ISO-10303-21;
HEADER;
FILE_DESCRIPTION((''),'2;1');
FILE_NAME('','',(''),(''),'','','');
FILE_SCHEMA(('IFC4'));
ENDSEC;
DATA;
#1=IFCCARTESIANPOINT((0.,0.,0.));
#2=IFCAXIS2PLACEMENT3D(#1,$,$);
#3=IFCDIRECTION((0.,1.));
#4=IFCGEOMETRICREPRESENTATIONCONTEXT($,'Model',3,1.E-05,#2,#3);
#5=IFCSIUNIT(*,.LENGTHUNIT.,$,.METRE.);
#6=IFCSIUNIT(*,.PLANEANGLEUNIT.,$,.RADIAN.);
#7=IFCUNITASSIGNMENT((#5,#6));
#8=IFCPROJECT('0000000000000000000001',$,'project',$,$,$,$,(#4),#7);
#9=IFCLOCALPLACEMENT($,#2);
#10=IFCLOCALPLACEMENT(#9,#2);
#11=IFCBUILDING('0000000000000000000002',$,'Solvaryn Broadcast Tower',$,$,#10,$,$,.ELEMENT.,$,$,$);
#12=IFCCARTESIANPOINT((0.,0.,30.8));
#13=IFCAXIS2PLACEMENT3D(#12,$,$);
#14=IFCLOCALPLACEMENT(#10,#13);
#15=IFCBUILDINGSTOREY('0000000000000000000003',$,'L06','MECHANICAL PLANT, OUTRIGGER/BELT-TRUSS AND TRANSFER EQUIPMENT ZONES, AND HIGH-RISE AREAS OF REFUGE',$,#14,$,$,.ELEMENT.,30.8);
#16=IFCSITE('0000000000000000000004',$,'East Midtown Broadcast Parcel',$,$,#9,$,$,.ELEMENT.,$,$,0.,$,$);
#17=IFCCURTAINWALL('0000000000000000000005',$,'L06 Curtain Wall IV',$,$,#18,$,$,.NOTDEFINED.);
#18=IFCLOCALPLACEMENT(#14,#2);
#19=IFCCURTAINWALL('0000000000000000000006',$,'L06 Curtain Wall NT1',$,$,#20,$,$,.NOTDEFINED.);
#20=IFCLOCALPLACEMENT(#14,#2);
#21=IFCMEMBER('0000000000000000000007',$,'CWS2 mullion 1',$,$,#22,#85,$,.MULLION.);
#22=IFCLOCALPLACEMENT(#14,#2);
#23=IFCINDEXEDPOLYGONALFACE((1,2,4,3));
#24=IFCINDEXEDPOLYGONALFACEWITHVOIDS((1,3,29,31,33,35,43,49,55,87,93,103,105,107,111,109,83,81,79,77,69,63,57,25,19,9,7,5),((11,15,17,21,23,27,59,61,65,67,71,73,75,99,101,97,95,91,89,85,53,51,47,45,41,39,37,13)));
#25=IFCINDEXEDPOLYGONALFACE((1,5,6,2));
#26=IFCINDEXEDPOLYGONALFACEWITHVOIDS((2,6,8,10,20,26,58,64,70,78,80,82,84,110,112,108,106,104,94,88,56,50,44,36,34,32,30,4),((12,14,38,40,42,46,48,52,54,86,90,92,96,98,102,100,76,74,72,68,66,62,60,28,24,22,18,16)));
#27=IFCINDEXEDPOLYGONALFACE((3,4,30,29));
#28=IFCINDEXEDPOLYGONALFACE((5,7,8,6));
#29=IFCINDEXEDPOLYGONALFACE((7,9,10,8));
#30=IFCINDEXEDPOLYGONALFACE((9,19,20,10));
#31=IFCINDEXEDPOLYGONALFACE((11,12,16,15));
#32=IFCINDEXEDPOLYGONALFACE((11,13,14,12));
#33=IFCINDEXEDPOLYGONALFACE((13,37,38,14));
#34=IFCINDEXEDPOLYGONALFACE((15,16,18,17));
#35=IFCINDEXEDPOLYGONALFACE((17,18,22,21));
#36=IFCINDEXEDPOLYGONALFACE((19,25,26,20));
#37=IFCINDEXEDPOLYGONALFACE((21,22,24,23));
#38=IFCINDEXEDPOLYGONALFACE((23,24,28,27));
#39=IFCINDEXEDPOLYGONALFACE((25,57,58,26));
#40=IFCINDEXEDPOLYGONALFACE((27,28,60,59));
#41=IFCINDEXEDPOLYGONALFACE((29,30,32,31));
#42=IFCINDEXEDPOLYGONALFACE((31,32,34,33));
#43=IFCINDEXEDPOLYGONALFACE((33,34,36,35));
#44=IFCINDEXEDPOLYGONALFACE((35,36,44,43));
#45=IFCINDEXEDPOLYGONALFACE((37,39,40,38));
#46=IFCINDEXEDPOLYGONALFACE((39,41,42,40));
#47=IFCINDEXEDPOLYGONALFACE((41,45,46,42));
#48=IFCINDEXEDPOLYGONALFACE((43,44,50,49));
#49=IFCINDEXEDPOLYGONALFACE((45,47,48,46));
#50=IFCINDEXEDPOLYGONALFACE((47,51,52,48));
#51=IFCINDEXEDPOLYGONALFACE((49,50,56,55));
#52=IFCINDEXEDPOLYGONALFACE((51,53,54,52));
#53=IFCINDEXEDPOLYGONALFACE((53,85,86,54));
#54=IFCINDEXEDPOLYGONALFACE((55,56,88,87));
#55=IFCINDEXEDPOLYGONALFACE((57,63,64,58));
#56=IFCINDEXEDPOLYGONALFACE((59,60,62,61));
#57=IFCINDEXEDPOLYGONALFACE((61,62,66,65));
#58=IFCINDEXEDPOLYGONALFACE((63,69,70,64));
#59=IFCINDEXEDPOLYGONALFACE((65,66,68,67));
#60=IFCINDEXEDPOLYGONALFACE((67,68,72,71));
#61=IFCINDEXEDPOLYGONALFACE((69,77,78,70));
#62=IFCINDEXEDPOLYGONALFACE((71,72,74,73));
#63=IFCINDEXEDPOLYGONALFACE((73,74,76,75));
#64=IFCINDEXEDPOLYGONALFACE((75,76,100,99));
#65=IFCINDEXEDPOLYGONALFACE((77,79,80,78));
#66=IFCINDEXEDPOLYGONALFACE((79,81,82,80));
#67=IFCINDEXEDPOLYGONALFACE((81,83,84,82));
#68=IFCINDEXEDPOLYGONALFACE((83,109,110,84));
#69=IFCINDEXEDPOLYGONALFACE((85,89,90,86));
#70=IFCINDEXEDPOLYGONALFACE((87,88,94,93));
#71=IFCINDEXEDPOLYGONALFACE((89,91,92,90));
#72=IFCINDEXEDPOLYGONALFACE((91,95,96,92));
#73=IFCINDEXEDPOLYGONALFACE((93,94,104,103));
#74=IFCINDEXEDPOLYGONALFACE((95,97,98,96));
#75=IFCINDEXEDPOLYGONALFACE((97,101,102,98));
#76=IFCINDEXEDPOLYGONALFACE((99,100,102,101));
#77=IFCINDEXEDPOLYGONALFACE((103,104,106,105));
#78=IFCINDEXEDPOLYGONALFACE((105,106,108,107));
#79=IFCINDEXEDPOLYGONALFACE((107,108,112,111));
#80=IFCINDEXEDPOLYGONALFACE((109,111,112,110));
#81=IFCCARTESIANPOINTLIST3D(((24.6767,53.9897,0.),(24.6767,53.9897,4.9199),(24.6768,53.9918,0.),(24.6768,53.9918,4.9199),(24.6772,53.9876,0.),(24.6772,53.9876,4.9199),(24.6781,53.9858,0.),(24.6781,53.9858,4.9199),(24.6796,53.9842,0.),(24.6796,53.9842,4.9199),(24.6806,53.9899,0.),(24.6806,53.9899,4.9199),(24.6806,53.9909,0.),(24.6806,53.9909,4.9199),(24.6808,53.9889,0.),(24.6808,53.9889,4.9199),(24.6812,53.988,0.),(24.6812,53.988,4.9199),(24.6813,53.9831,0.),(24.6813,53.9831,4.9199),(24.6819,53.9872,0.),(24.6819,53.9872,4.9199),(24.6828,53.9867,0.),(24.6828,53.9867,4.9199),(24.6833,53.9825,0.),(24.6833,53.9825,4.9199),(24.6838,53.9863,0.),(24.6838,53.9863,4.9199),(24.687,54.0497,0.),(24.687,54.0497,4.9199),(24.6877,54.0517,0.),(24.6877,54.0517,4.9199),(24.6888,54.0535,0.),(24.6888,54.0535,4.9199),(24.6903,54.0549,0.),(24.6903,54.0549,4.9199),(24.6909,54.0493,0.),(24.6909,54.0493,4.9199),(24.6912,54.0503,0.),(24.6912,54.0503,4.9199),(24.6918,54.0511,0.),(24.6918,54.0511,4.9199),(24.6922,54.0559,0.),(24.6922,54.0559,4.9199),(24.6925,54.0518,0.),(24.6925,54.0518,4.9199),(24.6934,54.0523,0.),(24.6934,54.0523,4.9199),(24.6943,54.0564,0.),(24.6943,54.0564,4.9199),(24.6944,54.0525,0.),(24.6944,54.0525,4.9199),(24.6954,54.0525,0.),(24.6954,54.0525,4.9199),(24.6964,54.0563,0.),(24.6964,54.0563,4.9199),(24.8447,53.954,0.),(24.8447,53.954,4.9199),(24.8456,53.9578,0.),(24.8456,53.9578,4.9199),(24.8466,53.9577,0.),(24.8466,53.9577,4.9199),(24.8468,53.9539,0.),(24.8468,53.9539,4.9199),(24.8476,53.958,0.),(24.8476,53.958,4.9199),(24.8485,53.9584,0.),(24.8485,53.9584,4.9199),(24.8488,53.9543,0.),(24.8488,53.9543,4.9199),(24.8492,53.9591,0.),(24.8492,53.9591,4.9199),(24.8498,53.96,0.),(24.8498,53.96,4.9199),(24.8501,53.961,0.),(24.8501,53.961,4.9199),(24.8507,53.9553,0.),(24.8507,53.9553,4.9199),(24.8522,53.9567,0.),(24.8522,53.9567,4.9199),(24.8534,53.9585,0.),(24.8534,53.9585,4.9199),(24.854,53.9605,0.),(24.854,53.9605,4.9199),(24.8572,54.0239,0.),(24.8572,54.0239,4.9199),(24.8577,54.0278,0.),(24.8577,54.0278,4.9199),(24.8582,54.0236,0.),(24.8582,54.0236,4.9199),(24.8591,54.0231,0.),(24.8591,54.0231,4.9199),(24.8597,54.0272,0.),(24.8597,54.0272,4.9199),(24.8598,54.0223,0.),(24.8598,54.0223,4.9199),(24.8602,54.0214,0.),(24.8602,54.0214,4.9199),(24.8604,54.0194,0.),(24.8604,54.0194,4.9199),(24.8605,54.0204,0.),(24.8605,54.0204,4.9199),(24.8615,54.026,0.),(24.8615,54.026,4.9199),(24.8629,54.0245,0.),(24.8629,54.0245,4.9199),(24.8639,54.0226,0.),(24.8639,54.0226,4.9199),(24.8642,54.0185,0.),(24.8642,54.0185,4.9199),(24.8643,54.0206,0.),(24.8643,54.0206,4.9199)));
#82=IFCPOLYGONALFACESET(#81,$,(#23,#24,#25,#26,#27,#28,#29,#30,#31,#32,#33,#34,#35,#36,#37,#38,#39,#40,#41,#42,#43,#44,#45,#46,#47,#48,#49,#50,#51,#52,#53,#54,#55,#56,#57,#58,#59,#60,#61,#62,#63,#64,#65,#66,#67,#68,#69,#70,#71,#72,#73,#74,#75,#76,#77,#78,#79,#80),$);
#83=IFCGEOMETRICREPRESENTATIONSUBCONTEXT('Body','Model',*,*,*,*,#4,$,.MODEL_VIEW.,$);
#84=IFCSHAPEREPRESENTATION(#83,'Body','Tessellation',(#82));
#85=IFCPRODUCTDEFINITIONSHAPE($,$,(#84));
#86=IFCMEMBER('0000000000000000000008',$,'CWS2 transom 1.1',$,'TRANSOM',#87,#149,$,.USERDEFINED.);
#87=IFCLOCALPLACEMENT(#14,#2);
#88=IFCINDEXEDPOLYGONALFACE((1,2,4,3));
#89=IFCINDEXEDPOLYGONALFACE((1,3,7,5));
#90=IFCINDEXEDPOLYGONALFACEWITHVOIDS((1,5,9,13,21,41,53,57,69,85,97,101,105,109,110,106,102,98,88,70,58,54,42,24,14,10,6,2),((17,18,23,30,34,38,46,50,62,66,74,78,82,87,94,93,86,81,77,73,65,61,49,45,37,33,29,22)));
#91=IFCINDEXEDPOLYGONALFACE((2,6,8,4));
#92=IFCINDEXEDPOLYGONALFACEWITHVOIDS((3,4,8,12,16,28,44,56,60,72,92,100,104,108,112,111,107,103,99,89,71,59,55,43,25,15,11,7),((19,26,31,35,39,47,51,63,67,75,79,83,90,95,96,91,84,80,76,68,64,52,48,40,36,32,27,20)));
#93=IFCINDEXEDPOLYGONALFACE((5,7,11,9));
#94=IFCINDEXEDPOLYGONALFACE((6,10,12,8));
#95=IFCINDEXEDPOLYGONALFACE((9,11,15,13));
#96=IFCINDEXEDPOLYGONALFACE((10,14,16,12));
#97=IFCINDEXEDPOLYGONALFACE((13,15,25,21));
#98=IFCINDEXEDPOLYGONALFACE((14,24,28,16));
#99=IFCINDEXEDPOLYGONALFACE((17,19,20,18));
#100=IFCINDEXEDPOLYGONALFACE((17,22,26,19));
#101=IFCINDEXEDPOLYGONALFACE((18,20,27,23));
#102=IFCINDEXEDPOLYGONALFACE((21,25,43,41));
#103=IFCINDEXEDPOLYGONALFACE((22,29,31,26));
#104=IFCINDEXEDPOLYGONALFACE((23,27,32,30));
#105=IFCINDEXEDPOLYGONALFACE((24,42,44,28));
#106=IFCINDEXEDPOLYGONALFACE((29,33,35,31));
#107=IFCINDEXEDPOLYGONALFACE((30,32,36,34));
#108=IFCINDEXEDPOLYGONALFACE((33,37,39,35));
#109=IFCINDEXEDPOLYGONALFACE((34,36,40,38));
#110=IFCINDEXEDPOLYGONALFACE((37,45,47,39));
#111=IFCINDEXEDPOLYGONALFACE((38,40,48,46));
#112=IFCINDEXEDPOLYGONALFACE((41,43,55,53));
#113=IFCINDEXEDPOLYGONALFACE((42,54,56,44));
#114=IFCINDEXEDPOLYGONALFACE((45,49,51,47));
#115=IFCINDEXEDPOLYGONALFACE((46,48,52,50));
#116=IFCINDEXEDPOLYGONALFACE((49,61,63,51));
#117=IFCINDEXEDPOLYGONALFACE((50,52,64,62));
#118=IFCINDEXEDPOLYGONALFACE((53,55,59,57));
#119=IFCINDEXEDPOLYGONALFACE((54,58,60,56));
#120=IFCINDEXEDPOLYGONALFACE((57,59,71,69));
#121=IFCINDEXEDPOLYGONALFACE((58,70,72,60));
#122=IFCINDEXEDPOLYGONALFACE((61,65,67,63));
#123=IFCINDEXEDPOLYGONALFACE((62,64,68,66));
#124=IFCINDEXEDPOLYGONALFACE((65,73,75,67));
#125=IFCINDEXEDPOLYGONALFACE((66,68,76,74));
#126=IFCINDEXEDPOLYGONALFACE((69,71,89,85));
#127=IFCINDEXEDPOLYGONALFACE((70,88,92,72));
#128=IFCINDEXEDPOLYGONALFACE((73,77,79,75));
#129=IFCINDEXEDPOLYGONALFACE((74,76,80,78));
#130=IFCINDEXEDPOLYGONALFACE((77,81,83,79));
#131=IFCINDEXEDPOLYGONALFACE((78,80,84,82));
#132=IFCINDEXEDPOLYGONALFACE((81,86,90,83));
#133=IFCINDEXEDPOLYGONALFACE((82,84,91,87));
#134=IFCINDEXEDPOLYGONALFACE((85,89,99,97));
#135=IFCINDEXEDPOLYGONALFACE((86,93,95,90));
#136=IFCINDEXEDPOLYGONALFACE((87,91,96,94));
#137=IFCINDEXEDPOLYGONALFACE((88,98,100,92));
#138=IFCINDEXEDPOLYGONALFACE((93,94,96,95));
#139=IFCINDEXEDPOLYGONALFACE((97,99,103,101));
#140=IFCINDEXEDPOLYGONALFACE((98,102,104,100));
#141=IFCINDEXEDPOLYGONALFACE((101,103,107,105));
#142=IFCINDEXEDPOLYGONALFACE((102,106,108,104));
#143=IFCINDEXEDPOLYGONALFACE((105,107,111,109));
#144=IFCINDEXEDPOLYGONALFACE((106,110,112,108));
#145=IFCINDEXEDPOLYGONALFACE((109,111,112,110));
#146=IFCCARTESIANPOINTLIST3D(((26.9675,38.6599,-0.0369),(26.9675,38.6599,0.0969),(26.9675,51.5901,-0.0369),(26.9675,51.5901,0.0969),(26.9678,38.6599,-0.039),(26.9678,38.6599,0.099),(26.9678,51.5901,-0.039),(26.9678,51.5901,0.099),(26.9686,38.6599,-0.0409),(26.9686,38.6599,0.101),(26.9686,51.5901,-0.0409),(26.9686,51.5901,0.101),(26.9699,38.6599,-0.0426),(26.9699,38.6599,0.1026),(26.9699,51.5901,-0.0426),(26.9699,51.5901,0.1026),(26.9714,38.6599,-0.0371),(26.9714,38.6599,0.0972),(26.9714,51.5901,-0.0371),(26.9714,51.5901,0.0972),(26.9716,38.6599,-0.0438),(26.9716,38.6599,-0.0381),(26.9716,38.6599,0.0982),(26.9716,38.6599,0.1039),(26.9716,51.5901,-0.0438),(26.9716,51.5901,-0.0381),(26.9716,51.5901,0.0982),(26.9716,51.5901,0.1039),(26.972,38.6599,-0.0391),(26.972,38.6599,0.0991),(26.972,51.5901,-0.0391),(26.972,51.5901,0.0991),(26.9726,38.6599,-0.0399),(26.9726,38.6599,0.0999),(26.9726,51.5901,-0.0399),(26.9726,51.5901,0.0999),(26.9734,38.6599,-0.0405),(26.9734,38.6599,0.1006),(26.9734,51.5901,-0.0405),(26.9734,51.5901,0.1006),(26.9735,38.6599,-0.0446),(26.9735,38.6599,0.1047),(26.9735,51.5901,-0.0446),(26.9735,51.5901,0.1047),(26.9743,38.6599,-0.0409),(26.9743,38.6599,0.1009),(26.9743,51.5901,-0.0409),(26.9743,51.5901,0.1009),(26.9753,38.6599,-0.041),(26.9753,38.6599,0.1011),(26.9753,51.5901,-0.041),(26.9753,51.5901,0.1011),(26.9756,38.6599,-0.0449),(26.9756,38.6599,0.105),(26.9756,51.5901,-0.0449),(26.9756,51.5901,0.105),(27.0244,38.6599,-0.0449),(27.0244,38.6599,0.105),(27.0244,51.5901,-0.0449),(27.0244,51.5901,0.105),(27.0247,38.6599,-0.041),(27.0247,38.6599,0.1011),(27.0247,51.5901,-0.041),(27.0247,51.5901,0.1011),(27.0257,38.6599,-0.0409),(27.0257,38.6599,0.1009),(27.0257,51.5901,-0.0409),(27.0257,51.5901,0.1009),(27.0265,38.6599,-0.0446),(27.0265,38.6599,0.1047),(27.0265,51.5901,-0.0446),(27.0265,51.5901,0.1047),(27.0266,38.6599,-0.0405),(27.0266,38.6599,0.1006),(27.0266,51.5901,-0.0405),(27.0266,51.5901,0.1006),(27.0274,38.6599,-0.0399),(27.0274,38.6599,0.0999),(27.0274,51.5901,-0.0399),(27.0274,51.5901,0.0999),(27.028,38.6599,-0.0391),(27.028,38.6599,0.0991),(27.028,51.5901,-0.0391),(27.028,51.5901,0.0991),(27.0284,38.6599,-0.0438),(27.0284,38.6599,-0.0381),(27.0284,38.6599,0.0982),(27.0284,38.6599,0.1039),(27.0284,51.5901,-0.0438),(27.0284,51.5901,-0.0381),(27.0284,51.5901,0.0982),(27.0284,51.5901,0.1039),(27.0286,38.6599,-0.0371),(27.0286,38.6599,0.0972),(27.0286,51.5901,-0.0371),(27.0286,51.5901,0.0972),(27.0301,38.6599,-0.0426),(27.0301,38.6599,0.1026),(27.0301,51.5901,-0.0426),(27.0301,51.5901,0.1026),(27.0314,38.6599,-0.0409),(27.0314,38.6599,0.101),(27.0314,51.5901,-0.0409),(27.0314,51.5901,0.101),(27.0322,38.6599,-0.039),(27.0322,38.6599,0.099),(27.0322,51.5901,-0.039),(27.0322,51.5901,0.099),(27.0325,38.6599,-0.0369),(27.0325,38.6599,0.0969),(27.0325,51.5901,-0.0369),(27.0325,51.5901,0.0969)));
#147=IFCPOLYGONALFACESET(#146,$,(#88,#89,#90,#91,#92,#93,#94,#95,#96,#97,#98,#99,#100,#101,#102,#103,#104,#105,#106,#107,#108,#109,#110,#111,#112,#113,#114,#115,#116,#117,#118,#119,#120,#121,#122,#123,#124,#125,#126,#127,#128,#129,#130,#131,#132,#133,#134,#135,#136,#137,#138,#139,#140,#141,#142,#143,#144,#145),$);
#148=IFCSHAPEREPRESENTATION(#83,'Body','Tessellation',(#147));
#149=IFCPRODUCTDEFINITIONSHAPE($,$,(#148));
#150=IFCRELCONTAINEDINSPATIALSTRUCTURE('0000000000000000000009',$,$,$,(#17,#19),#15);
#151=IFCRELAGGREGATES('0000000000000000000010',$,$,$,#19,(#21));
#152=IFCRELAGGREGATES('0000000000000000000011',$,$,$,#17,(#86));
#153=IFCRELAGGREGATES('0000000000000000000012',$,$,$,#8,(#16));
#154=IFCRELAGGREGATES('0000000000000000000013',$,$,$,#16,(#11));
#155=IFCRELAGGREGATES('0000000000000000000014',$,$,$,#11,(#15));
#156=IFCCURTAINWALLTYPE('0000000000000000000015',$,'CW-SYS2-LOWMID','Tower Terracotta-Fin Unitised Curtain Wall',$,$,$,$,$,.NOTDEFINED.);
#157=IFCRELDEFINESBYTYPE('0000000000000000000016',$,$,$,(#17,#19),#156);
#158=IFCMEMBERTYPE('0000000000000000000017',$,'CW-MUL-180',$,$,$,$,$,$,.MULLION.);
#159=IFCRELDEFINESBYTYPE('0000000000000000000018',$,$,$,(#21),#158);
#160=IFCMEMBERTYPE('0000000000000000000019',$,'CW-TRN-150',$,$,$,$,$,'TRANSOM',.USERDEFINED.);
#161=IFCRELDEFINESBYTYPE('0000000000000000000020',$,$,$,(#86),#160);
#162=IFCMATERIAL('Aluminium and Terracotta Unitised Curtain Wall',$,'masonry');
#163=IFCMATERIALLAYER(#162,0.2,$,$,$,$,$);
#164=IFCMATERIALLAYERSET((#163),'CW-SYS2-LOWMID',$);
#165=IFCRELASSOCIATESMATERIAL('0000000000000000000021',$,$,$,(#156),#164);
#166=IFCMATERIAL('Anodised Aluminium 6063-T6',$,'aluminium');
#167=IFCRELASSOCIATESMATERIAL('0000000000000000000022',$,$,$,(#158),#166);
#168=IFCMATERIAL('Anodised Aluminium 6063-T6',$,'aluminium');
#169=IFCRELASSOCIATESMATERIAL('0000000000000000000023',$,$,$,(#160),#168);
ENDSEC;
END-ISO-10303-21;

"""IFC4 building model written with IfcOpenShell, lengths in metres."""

from ifc_helpers import new_model, si_unit, direction, frame, origin, origin_2d, place, context, subcontext, project, spatial, hollow_rectangle, extrude, material, layer, layer_set, material_profile, profile_set, type_object, element, aggregate, save


model = new_model("IFC4")

# Units and contexts
model_context = context("Model", 3, precision=1e-05, world=origin(), true_north=direction((0.0, 1.0)))
body_context = subcontext(model_context, "Body", "Model", "MODEL_VIEW")
ifc_project = project(units=[si_unit("LENGTHUNIT", "METRE"), si_unit("PLANEANGLEUNIT", "RADIAN")], contexts=[model_context])

# Site, building, storey
site_placement = place(None, origin())
site = spatial("IfcSite", under=ifc_project, at=site_placement, Name="East Midtown Broadcast Parcel", CompositionType="ELEMENT", RefElevation=0.0)
building_placement = place(site_placement, origin())
building = spatial("IfcBuilding", under=site, at=building_placement, Name="Solvaryn Broadcast Tower", CompositionType="ELEMENT")
storey_placement = place(building_placement, frame((0.0, 0.0, 30.8)))
storey = spatial("IfcBuildingStorey", under=building, at=storey_placement, Name="L06", Description="MECHANICAL PLANT, OUTRIGGER/BELT-TRUSS AND TRANSFER EQUIPMENT ZONES, AND HIGH-RISE AREAS OF REFUGE", CompositionType="ELEMENT", Elevation=30.8)

# Curtain wall
ifc_material_1 = material(Name="Aluminium and Terracotta Unitised Curtain Wall", Category="masonry")
ifc_layer_1 = layer(ifc_material_1, 0.2)
ifc_layer_set_1 = layer_set([ifc_layer_1], Name="CW-SYS2-LOWMID")
curtain_wall_type = type_object("IfcCurtainWallType", Name="CW-SYS2-LOWMID", Description="Tower Terracotta-Fin Unitised Curtain Wall", PredefinedType="NOTDEFINED", material=ifc_layer_set_1)
curtain_wall_1_placement = place(storey_placement, origin())
curtain_wall_1 = element("IfcCurtainWall", 1, at=curtain_wall_1_placement, inside=storey, type_object=curtain_wall_type, Name="L06 Curtain Wall IV", PredefinedType="NOTDEFINED")
ifc_material_2 = material(Name="Anodised Aluminium 6063-T6", Category="aluminium")
ifc_material_profile_1 = material_profile(ifc_material_2, hollow_rectangle(XDim=0.075, YDim=0.1799, WallThickness=0.0039, InnerFilletRadius=0.0039, OuterFilletRadius=0.0081, at=origin_2d()))
ifc_profile_set_1 = profile_set([ifc_material_profile_1], Name="Anodised Aluminium 6063-T6")
member_type_1 = type_object("IfcMemberType", Name="CW-MUL-180", PredefinedType="MULLION", material=ifc_profile_set_1)

# Curtain wall, member
curtain_wall_2_placement = place(storey_placement, origin())
curtain_wall_2 = element("IfcCurtainWall", 2, at=curtain_wall_2_placement, inside=storey, type_object=curtain_wall_type, Name="L06 Curtain Wall NT1", PredefinedType="NOTDEFINED")
member_1_placement = place(storey_placement, frame((24.7705, 54.0051, 0.0), z_axis=(0.0, 0.0, 1.0), x_axis=(-0.173785, -0.984784, 0.0)))
member_1 = element("IfcMember", 3, at=member_1_placement, type_object=member_type_1, Name="CWS2 mullion 1", PredefinedType="MULLION", context=body_context, shape_type="SweptSolid", body=[
    extrude(hollow_rectangle(XDim=0.075, YDim=0.1799, WallThickness=0.0039, InnerFilletRadius=0.0039, OuterFilletRadius=0.0081, at=origin_2d()), origin(), (0.0, 0.0, 1.0), 4.9199),
])
aggregate(curtain_wall_2, [member_1])

# Member
ifc_material_3 = material(Name="Anodised Aluminium 6063-T6", Category="aluminium")
ifc_material_profile_2 = material_profile(ifc_material_3, hollow_rectangle(XDim=0.0649, YDim=0.1499, WallThickness=0.0039, InnerFilletRadius=0.0039, OuterFilletRadius=0.0081, at=origin_2d()))
ifc_profile_set_2 = profile_set([ifc_material_profile_2], Name="Anodised Aluminium 6063-T6")
member_type_2 = type_object("IfcMemberType", Name="CW-TRN-150", ElementType="TRANSOM", PredefinedType="USERDEFINED", material=ifc_profile_set_2)
member_2_placement = place(storey_placement, frame((27.0, 51.5901, 0.03), z_axis=(0.0, -1.0, 0.0), x_axis=(1.0, 0.0, 0.0)))
member_2 = element("IfcMember", 4, at=member_2_placement, type_object=member_type_2, Name="CWS2 transom 1.1", ObjectType="TRANSOM", PredefinedType="USERDEFINED", context=body_context, shape_type="SweptSolid", body=[
    extrude(hollow_rectangle(XDim=0.0649, YDim=0.1499, WallThickness=0.0039, InnerFilletRadius=0.0039, OuterFilletRadius=0.0081, at=origin_2d()), origin(), (0.0, 0.0, 1.0), 12.9302),
])

aggregate(curtain_wall_1, [member_2])

save(model, "model.ifc")
